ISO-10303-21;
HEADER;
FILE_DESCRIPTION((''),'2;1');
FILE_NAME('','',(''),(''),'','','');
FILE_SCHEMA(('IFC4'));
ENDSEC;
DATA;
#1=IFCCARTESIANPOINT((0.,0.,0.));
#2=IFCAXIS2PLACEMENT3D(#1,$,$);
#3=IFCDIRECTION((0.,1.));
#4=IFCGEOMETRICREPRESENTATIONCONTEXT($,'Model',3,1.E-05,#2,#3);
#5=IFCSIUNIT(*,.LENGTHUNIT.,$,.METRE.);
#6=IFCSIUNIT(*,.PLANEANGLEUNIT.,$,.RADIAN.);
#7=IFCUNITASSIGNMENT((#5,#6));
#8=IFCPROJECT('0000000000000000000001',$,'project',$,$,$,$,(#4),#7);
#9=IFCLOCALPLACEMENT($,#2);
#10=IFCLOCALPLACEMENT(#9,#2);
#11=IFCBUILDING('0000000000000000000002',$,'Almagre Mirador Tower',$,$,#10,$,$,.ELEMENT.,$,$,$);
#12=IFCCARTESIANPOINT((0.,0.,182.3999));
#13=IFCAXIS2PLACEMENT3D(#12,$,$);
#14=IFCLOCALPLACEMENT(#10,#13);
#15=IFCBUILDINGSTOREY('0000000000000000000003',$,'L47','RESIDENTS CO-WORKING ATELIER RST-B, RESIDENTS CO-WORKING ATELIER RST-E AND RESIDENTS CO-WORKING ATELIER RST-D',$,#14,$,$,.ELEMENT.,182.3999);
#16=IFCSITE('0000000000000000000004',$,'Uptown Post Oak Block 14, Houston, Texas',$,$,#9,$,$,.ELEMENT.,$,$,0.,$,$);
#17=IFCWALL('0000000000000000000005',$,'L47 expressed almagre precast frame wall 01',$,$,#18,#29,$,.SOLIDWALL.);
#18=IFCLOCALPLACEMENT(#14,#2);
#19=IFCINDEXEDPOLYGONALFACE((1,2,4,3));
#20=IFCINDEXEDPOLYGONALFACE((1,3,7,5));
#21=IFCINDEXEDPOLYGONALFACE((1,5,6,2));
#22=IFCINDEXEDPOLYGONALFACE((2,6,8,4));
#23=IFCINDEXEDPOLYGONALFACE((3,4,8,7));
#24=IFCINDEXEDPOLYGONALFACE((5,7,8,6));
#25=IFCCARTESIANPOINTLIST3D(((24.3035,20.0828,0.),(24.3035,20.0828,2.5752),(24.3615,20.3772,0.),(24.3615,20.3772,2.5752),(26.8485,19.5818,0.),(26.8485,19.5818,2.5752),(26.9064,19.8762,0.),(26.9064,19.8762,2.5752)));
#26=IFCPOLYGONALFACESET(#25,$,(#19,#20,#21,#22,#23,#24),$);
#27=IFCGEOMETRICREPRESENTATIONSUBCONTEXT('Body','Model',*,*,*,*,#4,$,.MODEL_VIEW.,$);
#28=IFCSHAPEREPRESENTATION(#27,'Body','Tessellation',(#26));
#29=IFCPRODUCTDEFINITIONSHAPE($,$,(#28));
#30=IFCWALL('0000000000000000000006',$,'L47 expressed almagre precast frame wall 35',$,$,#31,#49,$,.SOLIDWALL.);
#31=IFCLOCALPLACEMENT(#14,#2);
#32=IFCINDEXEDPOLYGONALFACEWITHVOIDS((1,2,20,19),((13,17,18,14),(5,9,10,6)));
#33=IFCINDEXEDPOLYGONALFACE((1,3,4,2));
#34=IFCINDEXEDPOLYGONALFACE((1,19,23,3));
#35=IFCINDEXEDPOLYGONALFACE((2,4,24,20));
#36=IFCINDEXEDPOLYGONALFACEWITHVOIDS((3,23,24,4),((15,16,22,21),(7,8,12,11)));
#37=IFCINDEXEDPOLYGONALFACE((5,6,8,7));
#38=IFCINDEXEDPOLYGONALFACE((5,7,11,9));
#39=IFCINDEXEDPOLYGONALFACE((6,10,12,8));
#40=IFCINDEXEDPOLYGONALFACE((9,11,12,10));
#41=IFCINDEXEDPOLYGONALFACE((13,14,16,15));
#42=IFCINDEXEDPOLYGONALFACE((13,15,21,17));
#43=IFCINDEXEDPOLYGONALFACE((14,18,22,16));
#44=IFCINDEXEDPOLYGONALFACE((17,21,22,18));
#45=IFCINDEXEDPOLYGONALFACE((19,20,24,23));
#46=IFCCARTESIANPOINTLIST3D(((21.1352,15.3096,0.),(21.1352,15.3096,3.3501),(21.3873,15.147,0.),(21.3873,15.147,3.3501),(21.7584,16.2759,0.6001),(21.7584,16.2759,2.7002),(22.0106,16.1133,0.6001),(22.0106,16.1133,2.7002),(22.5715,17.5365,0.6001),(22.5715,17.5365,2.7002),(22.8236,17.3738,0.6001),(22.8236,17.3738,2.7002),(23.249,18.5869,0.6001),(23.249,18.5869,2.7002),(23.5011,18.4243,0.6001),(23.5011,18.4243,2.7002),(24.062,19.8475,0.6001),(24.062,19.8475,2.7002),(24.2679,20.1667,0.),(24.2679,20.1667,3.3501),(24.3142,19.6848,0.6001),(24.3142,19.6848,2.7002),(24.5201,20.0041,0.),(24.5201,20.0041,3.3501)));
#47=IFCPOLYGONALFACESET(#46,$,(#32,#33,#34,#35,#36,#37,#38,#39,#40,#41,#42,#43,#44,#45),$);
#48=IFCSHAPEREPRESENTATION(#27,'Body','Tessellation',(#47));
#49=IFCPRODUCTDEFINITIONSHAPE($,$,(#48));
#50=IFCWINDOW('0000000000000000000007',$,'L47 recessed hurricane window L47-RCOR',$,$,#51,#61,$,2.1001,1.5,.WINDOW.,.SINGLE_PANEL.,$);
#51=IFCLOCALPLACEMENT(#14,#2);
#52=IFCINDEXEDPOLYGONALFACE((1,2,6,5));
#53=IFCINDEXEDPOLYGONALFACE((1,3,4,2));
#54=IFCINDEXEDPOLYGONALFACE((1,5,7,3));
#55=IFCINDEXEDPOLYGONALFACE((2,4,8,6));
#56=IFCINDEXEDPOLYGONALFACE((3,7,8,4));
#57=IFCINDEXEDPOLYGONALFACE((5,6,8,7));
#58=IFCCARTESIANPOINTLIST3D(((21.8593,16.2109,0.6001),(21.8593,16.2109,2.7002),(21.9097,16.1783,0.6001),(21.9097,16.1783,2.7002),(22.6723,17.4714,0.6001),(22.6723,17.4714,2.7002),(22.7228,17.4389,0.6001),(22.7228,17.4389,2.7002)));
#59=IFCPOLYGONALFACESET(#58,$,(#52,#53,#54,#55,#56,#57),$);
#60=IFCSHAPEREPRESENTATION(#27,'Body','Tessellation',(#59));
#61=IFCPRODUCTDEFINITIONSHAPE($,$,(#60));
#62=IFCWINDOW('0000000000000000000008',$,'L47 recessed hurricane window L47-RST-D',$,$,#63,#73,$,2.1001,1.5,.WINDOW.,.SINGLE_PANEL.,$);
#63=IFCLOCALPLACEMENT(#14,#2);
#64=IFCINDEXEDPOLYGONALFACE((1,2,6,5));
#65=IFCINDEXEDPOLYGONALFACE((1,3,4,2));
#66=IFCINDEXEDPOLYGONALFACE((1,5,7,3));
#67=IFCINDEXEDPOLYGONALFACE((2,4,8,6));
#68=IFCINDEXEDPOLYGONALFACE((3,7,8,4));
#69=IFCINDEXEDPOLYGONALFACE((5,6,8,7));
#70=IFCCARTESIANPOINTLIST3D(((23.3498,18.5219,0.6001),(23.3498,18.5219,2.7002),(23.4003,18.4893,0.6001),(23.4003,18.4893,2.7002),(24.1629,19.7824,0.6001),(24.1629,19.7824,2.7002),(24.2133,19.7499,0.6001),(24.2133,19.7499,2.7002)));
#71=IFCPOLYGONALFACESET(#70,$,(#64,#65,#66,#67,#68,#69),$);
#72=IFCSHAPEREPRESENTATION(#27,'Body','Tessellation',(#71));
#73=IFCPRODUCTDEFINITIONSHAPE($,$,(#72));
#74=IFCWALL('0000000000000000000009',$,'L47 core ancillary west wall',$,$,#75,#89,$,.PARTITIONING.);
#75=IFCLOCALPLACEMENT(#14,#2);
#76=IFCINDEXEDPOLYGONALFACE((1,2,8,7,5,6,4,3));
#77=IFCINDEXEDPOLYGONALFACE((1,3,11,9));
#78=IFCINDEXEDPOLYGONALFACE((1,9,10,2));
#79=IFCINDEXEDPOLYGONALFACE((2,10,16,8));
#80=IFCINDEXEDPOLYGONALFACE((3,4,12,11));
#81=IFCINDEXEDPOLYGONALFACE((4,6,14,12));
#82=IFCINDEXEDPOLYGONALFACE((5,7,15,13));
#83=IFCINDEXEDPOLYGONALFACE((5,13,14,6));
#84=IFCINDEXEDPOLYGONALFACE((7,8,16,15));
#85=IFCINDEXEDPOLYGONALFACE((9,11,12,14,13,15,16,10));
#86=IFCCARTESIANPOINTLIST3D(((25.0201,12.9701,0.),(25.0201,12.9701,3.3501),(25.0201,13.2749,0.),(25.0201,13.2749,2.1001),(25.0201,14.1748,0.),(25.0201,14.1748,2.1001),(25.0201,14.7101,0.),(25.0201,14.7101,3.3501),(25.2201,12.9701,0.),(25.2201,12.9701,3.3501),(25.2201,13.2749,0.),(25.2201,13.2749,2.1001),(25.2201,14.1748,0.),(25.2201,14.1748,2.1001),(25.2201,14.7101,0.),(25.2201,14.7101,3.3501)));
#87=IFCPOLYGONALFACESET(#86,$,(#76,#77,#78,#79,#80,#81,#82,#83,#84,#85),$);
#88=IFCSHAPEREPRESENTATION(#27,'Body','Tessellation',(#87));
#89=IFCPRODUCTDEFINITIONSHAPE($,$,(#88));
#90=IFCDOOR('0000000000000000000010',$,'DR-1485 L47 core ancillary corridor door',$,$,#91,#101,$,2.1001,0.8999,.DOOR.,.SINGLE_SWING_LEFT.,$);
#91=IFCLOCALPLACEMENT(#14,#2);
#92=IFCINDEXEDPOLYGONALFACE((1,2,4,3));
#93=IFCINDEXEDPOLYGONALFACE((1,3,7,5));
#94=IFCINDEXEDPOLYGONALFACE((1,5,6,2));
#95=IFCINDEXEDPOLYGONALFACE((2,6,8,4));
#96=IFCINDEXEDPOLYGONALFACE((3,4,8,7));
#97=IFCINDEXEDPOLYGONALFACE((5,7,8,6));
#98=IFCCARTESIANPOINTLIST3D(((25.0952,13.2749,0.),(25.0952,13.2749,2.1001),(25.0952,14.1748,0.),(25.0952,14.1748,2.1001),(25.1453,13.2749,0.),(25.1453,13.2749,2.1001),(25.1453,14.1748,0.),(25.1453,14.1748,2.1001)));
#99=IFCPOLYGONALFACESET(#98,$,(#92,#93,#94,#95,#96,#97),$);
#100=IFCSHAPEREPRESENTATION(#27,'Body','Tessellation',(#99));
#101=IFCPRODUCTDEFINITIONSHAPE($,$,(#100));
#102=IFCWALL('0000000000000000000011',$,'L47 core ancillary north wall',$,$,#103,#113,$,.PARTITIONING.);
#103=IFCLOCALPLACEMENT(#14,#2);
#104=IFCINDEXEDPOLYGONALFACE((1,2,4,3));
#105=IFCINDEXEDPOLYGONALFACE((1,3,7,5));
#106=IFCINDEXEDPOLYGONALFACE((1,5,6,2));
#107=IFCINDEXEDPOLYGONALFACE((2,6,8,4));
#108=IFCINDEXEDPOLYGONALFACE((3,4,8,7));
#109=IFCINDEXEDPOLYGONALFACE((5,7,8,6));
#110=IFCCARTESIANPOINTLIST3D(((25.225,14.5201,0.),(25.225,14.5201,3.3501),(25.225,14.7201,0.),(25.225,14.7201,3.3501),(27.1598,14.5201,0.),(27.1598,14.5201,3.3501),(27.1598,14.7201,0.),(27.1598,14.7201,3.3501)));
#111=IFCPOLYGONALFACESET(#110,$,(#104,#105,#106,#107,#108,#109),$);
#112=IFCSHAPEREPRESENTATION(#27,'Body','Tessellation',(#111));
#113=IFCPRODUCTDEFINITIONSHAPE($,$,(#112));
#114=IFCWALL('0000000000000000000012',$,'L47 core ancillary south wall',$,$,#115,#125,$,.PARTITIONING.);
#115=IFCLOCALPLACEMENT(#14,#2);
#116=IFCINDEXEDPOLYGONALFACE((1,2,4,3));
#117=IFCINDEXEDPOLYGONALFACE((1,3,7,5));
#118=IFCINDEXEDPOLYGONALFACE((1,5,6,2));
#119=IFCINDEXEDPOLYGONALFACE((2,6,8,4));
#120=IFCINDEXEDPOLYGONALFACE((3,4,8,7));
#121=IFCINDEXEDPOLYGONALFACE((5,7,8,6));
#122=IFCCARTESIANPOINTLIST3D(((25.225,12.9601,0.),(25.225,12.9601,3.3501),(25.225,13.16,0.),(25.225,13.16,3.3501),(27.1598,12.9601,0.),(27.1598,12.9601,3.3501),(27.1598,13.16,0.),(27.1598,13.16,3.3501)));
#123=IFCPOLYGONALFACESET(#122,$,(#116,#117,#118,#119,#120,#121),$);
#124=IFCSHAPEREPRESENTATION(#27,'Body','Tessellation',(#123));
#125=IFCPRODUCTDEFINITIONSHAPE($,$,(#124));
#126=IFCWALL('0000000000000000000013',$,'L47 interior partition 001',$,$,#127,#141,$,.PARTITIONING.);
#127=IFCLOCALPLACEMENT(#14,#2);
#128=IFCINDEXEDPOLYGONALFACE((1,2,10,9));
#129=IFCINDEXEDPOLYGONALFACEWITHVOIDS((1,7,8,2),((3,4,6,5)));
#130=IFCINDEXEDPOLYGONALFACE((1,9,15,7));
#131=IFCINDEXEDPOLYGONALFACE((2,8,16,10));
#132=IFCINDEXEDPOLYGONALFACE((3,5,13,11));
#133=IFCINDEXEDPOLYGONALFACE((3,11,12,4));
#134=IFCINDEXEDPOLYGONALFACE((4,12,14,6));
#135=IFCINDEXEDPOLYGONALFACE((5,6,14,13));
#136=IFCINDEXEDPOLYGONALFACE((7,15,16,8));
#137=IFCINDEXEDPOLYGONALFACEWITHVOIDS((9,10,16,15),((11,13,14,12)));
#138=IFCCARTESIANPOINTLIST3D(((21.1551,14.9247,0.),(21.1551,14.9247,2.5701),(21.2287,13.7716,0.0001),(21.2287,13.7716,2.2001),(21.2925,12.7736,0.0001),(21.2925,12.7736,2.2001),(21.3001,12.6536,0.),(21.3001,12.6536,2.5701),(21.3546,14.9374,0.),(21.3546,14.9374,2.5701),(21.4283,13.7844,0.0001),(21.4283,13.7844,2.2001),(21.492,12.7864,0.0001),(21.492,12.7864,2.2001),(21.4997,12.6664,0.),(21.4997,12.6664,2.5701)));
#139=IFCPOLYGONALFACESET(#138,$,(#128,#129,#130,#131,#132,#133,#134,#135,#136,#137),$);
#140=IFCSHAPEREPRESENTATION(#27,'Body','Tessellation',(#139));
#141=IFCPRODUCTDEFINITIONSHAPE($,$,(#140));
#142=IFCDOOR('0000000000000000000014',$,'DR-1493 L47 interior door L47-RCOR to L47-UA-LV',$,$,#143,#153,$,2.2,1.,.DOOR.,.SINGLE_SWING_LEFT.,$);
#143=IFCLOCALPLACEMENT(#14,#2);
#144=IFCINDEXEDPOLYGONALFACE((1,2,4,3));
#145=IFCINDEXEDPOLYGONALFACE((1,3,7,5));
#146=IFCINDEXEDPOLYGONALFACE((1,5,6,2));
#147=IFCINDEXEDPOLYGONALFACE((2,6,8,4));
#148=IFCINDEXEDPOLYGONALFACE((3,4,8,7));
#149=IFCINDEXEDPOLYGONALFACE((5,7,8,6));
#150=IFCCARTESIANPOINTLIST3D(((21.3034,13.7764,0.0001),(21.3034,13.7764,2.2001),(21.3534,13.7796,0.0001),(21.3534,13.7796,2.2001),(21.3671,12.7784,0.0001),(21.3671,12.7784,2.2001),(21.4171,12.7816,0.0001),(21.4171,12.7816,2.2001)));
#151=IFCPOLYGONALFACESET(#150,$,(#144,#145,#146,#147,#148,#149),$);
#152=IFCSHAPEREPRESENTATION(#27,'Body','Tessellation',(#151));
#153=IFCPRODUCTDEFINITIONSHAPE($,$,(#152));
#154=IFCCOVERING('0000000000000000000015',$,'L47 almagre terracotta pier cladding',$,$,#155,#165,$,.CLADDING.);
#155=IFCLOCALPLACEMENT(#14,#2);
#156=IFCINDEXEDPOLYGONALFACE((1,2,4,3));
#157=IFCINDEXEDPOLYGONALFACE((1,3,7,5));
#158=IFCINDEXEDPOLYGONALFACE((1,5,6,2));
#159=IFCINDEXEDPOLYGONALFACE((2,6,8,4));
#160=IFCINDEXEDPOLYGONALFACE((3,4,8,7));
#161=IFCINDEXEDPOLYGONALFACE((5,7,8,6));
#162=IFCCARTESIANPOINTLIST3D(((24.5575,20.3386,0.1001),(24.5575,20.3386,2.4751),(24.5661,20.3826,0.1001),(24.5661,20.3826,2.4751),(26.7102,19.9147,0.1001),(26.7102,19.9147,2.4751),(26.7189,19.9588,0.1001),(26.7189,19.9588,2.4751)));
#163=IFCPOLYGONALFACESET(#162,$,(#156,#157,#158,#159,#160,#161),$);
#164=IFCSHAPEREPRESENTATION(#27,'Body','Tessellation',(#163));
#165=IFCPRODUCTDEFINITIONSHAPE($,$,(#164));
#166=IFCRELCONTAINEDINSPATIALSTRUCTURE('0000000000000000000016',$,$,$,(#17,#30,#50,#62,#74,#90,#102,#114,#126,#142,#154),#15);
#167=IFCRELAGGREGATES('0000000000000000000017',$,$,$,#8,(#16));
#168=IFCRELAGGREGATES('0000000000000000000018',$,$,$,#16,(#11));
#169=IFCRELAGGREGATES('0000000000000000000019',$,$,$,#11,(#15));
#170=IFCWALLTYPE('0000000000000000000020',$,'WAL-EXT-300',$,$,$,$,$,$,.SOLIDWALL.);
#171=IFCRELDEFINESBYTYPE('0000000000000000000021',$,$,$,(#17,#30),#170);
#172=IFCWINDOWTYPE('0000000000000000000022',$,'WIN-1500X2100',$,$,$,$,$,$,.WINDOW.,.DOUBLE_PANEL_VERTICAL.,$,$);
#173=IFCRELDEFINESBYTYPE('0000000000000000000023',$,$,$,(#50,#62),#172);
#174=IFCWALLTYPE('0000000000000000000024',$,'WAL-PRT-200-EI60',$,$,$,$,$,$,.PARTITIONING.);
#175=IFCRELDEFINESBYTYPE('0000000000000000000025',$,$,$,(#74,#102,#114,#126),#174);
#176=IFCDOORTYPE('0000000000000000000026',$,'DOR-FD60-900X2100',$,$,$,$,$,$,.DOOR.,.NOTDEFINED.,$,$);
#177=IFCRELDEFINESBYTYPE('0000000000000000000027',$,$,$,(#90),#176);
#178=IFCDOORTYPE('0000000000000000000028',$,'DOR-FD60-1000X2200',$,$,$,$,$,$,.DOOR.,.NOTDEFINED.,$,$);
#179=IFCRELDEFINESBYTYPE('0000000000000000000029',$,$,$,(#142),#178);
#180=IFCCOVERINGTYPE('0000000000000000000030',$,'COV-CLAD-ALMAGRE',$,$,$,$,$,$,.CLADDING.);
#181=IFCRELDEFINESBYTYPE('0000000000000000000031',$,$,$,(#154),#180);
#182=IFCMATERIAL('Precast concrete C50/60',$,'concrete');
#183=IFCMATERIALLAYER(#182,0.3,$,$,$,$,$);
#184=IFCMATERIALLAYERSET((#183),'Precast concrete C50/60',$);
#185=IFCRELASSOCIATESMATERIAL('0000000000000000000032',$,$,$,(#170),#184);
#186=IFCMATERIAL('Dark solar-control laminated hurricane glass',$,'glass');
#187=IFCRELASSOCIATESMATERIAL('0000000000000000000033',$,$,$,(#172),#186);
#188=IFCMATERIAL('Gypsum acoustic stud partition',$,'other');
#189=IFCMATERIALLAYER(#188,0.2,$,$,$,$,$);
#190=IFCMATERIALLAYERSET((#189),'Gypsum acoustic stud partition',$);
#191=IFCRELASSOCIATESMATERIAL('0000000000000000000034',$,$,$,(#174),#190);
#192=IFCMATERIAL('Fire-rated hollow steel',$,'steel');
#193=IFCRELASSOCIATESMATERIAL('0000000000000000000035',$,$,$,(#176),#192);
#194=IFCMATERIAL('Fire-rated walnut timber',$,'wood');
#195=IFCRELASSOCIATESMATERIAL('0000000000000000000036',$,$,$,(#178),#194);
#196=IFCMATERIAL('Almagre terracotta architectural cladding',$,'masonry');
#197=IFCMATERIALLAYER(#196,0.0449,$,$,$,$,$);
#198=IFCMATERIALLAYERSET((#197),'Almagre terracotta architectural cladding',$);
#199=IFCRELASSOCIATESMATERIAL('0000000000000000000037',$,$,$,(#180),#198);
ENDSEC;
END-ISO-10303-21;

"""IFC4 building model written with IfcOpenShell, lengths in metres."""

from ifc_helpers import new_model, si_unit, direction, frame, frame_2d, origin, origin_2d, place, context, subcontext, project, spatial, rectangle, extrude, material, layer, layer_set, type_object, element, fill, save


model = new_model("IFC4")

# Units and contexts
model_context = context("Model", 3, precision=1e-05, world=origin(), true_north=direction((0.0, 1.0)))
body_context = subcontext(model_context, "Body", "Model", "MODEL_VIEW")
ifc_project = project(units=[si_unit("LENGTHUNIT", "METRE"), si_unit("PLANEANGLEUNIT", "RADIAN")], contexts=[model_context])

# Site, building, storey
site_placement = place(None, origin())
site = spatial("IfcSite", under=ifc_project, at=site_placement, Name="Uptown Post Oak Block 14, Houston, Texas", CompositionType="ELEMENT", RefElevation=0.0)
building_placement = place(site_placement, origin())
building = spatial("IfcBuilding", under=site, at=building_placement, Name="Almagre Mirador Tower", CompositionType="ELEMENT")
storey_placement = place(building_placement, frame((0.0, 0.0, 182.3999)))
storey = spatial("IfcBuildingStorey", under=building, at=storey_placement, Name="L47", Description="RESIDENTS CO-WORKING ATELIER RST-B, RESIDENTS CO-WORKING ATELIER RST-E AND RESIDENTS CO-WORKING ATELIER RST-D", CompositionType="ELEMENT", Elevation=182.3999)

# Wall
ifc_material_1 = material(Name="Precast concrete C50/60", Category="concrete")
ifc_layer_1 = layer(ifc_material_1, 0.3)
ifc_layer_set_1 = layer_set([ifc_layer_1], Name="Precast concrete C50/60")
wall_type_1 = type_object("IfcWallType", Name="WAL-EXT-300", PredefinedType="SOLIDWALL", material=ifc_layer_set_1)
wall_1_placement = place(storey_placement, frame((24.3325, 20.23, 0.0), z_axis=(0.0, 0.0, 1.0), x_axis=(0.98117, -0.193147, 0.0)))
element("IfcWall", 1, at=wall_1_placement, inside=storey, type_object=wall_type_1, Name="L47 expressed almagre precast frame wall 01", PredefinedType="SOLIDWALL", context=body_context, shape_type="SweptSolid", body=[
    extrude(rectangle(XDim=2.5938, YDim=0.3, at=frame_2d((1.2969, 0.0))), origin(), (0.0, 0.0, 1.0), 2.5752),
])

# Wall, openings, windows
wall_2_placement = place(storey_placement, frame((21.2612, 15.2283, 0.0), z_axis=(0.0, 0.0, 1.0), x_axis=(0.542023, 0.840364, 0.0)))
wall_2 = element("IfcWall", 2, at=wall_2_placement, inside=storey, type_object=wall_type_1, Name="L47 expressed almagre precast frame wall 35", PredefinedType="SOLIDWALL", context=body_context, shape_type="SweptSolid", body=[
    extrude(rectangle(XDim=5.7798, YDim=0.3, at=frame_2d((2.8899, 0.0))), origin(), (0.0, 0.0, 1.0), 3.3501),
])
opening_1_placement = place(wall_2_placement, frame((1.1499, 0.0, 0.6001)))
opening_1 = element("IfcOpeningElement", 3, at=opening_1_placement, cuts=wall_2, PredefinedType="OPENING", context=body_context, shape_type="SweptSolid", body=[
    extrude(rectangle(XDim=1.5, YDim=2.1001, at=frame_2d((0.75, 1.05))), frame((0.0, 0.1599, 0.0), z_axis=(0.0, -1.0, 0.0), x_axis=(1.0, 0.0, 0.0)), (0.0, 0.0, 1.0), 0.32),
])
opening_2_placement = place(wall_2_placement, frame((3.8999, 0.0, 0.6001)))
opening_2 = element("IfcOpeningElement", 4, at=opening_2_placement, cuts=wall_2, PredefinedType="OPENING", context=body_context, shape_type="SweptSolid", body=[
    extrude(rectangle(XDim=1.5, YDim=2.1001, at=frame_2d((0.75, 1.05))), frame((0.0, 0.1599, 0.0), z_axis=(0.0, -1.0, 0.0), x_axis=(1.0, 0.0, 0.0)), (0.0, 0.0, 1.0), 0.32),
])
ifc_material_2 = material(Name="Dark solar-control laminated hurricane glass", Category="glass")
window_type = type_object("IfcWindowType", Name="WIN-1500X2100", PartitioningType="DOUBLE_PANEL_VERTICAL", PredefinedType="WINDOW", material=ifc_material_2)
window_1_placement = place(opening_1_placement, origin())
window_1 = element("IfcWindow", 5, at=window_1_placement, inside=storey, type_object=window_type, Name="L47 recessed hurricane window L47-RCOR", OverallHeight=2.1001, OverallWidth=1.5, PartitioningType="SINGLE_PANEL", PredefinedType="WINDOW", context=body_context, shape_type="SweptSolid", body=[
    extrude(rectangle(XDim=1.5, YDim=2.1001, at=frame_2d((0.75, 1.05))), frame((0.0, 0.03, 0.0), z_axis=(0.0, -1.0, 0.0), x_axis=(1.0, 0.0, 0.0)), (0.0, 0.0, 1.0), 0.0601),
])
fill(opening_1, window_1)
window_2_placement = place(opening_2_placement, origin())
window_2 = element("IfcWindow", 6, at=window_2_placement, inside=storey, type_object=window_type, Name="L47 recessed hurricane window L47-RST-D", OverallHeight=2.1001, OverallWidth=1.5, PartitioningType="SINGLE_PANEL", PredefinedType="WINDOW", context=body_context, shape_type="SweptSolid", body=[
    extrude(rectangle(XDim=1.5, YDim=2.1001, at=frame_2d((0.75, 1.05))), frame((0.0, 0.03, 0.0), z_axis=(0.0, -1.0, 0.0), x_axis=(1.0, 0.0, 0.0)), (0.0, 0.0, 1.0), 0.0601),
])
fill(opening_2, window_2)

# Wall, opening, door
ifc_material_3 = material(Name="Gypsum acoustic stud partition", Category="other")
ifc_layer_2 = layer(ifc_material_3, 0.2)
ifc_layer_set_2 = layer_set([ifc_layer_2], Name="Gypsum acoustic stud partition")
wall_type_2 = type_object("IfcWallType", Name="WAL-PRT-200-EI60", PredefinedType="PARTITIONING", material=ifc_layer_set_2)
wall_3_placement = place(storey_placement, frame((25.1201, 12.97, 0.0), z_axis=(0.0, 0.0, 1.0), x_axis=(0.0, 1.0, 0.0)))
wall_3 = element("IfcWall", 7, at=wall_3_placement, inside=storey, type_object=wall_type_2, Name="L47 core ancillary west wall", PredefinedType="PARTITIONING", context=body_context, shape_type="SweptSolid", body=[
    extrude(rectangle(XDim=1.74, YDim=0.2, at=frame_2d((0.8701, 0.0))), origin(), (0.0, 0.0, 1.0), 3.3501),
])
opening_3_placement = place(wall_3_placement, frame((0.3049, 0.0, 0.0)))
opening_3 = element("IfcOpeningElement", 8, at=opening_3_placement, cuts=wall_3, PredefinedType="OPENING", context=body_context, shape_type="SweptSolid", body=[
    extrude(rectangle(XDim=0.8999, YDim=2.1001, at=frame_2d((0.45, 1.05))), frame((0.0, 0.1101, 0.0), z_axis=(0.0, -1.0, 0.0), x_axis=(1.0, 0.0, 0.0)), (0.0, 0.0, 1.0), 0.22),
])
ifc_material_4 = material(Name="Fire-rated hollow steel", Category="steel")
door_type_1 = type_object("IfcDoorType", Name="DOR-FD60-900X2100", OperationType="NOTDEFINED", PredefinedType="DOOR", material=ifc_material_4)
door_1_placement = place(opening_3_placement, origin())
door_1 = element("IfcDoor", 9, at=door_1_placement, inside=storey, type_object=door_type_1, Name="DR-1485 L47 core ancillary corridor door", OperationType="SINGLE_SWING_LEFT", OverallHeight=2.1001, OverallWidth=0.8999, PredefinedType="DOOR", context=body_context, shape_type="SweptSolid", body=[
    extrude(rectangle(XDim=0.8999, YDim=2.1001, at=frame_2d((0.45, 1.05))), frame((0.0, 0.0249, 0.0), z_axis=(0.0, -1.0, 0.0), x_axis=(1.0, 0.0, 0.0)), (0.0, 0.0, 1.0), 0.05),
])
fill(opening_3, door_1)

# Walls
for number, where, z_axis, x_axis, name in (
    (10, (25.2251, 14.6201, 0.0), (0.0, 0.0, 1.0), (1.0, 0.0, 0.0), "L47 core ancillary north wall"),
    (11, (25.2251, 13.0601, 0.0), (0.0, 0.0, 1.0), (1.0, 0.0, 0.0), "L47 core ancillary south wall"),
):
    element("IfcWall", number, at=place(storey_placement, frame(where, z_axis=z_axis, x_axis=x_axis)), inside=storey, type_object=wall_type_2, Name=name, PredefinedType="PARTITIONING", context=body_context, shape_type="SweptSolid", body=[
        extrude(rectangle(XDim=1.9348, YDim=0.2, at=frame_2d((0.9673, 0.0))), origin(), (0.0, 0.0, 1.0), 3.3501),
    ])

# Wall, opening, door
wall_4_placement = place(storey_placement, frame((21.2549, 14.9309, 0.0), z_axis=(0.0, 0.0, 1.0), x_axis=(0.063727, -0.997967, 0.0)))
wall_4 = element("IfcWall", 12, at=wall_4_placement, inside=storey, type_object=wall_type_2, Name="L47 interior partition 001", PredefinedType="PARTITIONING", context=body_context, shape_type="SweptSolid", body=[
    extrude(rectangle(XDim=2.2756, YDim=0.2, at=frame_2d((1.1377, 0.0))), origin(), (0.0, 0.0, 1.0), 2.5701),
])
opening_4_placement = place(wall_4_placement, frame((1.1553, 0.0, 0.0)))
opening_4 = element("IfcOpeningElement", 13, at=opening_4_placement, cuts=wall_4, PredefinedType="OPENING", context=body_context, shape_type="SweptSolid", body=[
    extrude(rectangle(XDim=1.0, YDim=2.2, at=frame_2d((0.5, 1.1001))), frame((0.0, 0.1101, 0.0), z_axis=(0.0, -1.0, 0.0), x_axis=(1.0, 0.0, 0.0)), (0.0, 0.0, 1.0), 0.22),
])
ifc_material_5 = material(Name="Fire-rated walnut timber", Category="wood")
door_type_2 = type_object("IfcDoorType", Name="DOR-FD60-1000X2200", OperationType="NOTDEFINED", PredefinedType="DOOR", material=ifc_material_5)
door_2_placement = place(opening_4_placement, origin())
door_2 = element("IfcDoor", 14, at=door_2_placement, inside=storey, type_object=door_type_2, Name="DR-1493 L47 interior door L47-RCOR to L47-UA-LV", OperationType="SINGLE_SWING_LEFT", OverallHeight=2.2, OverallWidth=1.0, PredefinedType="DOOR", context=body_context, shape_type="SweptSolid", body=[
    extrude(rectangle(XDim=1.0, YDim=2.2, at=frame_2d((0.5, 1.1001))), frame((0.0, 0.0249, 0.0), z_axis=(0.0, -1.0, 0.0), x_axis=(1.0, 0.0, 0.0)), (0.0, 0.0, 1.0), 0.05),
])
fill(opening_4, door_2)

# Covering
ifc_material_6 = material(Name="Almagre terracotta architectural cladding", Category="masonry")
ifc_layer_3 = layer(ifc_material_6, 0.0449)
ifc_layer_set_3 = layer_set([ifc_layer_3], Name="Almagre terracotta architectural cladding")
covering_type = type_object("IfcCoveringType", Name="COV-CLAD-ALMAGRE", PredefinedType="CLADDING", material=ifc_layer_set_3)
covering_placement = place(storey_placement, frame((25.6382, 20.1487, 0.1001), z_axis=(0.0, 0.0, 1.0), x_axis=(0.981165, -0.193173, 0.0)))
element("IfcCovering", 15, at=covering_placement, inside=storey, type_object=covering_type, Name="L47 almagre terracotta pier cladding", PredefinedType="CLADDING", context=body_context, shape_type="SweptSolid", body=[
    extrude(rectangle(XDim=2.1941, YDim=0.0449, at=origin_2d()), origin(), (0.0, 0.0, 1.0), 2.375),
])

save(model, "model.ifc")
